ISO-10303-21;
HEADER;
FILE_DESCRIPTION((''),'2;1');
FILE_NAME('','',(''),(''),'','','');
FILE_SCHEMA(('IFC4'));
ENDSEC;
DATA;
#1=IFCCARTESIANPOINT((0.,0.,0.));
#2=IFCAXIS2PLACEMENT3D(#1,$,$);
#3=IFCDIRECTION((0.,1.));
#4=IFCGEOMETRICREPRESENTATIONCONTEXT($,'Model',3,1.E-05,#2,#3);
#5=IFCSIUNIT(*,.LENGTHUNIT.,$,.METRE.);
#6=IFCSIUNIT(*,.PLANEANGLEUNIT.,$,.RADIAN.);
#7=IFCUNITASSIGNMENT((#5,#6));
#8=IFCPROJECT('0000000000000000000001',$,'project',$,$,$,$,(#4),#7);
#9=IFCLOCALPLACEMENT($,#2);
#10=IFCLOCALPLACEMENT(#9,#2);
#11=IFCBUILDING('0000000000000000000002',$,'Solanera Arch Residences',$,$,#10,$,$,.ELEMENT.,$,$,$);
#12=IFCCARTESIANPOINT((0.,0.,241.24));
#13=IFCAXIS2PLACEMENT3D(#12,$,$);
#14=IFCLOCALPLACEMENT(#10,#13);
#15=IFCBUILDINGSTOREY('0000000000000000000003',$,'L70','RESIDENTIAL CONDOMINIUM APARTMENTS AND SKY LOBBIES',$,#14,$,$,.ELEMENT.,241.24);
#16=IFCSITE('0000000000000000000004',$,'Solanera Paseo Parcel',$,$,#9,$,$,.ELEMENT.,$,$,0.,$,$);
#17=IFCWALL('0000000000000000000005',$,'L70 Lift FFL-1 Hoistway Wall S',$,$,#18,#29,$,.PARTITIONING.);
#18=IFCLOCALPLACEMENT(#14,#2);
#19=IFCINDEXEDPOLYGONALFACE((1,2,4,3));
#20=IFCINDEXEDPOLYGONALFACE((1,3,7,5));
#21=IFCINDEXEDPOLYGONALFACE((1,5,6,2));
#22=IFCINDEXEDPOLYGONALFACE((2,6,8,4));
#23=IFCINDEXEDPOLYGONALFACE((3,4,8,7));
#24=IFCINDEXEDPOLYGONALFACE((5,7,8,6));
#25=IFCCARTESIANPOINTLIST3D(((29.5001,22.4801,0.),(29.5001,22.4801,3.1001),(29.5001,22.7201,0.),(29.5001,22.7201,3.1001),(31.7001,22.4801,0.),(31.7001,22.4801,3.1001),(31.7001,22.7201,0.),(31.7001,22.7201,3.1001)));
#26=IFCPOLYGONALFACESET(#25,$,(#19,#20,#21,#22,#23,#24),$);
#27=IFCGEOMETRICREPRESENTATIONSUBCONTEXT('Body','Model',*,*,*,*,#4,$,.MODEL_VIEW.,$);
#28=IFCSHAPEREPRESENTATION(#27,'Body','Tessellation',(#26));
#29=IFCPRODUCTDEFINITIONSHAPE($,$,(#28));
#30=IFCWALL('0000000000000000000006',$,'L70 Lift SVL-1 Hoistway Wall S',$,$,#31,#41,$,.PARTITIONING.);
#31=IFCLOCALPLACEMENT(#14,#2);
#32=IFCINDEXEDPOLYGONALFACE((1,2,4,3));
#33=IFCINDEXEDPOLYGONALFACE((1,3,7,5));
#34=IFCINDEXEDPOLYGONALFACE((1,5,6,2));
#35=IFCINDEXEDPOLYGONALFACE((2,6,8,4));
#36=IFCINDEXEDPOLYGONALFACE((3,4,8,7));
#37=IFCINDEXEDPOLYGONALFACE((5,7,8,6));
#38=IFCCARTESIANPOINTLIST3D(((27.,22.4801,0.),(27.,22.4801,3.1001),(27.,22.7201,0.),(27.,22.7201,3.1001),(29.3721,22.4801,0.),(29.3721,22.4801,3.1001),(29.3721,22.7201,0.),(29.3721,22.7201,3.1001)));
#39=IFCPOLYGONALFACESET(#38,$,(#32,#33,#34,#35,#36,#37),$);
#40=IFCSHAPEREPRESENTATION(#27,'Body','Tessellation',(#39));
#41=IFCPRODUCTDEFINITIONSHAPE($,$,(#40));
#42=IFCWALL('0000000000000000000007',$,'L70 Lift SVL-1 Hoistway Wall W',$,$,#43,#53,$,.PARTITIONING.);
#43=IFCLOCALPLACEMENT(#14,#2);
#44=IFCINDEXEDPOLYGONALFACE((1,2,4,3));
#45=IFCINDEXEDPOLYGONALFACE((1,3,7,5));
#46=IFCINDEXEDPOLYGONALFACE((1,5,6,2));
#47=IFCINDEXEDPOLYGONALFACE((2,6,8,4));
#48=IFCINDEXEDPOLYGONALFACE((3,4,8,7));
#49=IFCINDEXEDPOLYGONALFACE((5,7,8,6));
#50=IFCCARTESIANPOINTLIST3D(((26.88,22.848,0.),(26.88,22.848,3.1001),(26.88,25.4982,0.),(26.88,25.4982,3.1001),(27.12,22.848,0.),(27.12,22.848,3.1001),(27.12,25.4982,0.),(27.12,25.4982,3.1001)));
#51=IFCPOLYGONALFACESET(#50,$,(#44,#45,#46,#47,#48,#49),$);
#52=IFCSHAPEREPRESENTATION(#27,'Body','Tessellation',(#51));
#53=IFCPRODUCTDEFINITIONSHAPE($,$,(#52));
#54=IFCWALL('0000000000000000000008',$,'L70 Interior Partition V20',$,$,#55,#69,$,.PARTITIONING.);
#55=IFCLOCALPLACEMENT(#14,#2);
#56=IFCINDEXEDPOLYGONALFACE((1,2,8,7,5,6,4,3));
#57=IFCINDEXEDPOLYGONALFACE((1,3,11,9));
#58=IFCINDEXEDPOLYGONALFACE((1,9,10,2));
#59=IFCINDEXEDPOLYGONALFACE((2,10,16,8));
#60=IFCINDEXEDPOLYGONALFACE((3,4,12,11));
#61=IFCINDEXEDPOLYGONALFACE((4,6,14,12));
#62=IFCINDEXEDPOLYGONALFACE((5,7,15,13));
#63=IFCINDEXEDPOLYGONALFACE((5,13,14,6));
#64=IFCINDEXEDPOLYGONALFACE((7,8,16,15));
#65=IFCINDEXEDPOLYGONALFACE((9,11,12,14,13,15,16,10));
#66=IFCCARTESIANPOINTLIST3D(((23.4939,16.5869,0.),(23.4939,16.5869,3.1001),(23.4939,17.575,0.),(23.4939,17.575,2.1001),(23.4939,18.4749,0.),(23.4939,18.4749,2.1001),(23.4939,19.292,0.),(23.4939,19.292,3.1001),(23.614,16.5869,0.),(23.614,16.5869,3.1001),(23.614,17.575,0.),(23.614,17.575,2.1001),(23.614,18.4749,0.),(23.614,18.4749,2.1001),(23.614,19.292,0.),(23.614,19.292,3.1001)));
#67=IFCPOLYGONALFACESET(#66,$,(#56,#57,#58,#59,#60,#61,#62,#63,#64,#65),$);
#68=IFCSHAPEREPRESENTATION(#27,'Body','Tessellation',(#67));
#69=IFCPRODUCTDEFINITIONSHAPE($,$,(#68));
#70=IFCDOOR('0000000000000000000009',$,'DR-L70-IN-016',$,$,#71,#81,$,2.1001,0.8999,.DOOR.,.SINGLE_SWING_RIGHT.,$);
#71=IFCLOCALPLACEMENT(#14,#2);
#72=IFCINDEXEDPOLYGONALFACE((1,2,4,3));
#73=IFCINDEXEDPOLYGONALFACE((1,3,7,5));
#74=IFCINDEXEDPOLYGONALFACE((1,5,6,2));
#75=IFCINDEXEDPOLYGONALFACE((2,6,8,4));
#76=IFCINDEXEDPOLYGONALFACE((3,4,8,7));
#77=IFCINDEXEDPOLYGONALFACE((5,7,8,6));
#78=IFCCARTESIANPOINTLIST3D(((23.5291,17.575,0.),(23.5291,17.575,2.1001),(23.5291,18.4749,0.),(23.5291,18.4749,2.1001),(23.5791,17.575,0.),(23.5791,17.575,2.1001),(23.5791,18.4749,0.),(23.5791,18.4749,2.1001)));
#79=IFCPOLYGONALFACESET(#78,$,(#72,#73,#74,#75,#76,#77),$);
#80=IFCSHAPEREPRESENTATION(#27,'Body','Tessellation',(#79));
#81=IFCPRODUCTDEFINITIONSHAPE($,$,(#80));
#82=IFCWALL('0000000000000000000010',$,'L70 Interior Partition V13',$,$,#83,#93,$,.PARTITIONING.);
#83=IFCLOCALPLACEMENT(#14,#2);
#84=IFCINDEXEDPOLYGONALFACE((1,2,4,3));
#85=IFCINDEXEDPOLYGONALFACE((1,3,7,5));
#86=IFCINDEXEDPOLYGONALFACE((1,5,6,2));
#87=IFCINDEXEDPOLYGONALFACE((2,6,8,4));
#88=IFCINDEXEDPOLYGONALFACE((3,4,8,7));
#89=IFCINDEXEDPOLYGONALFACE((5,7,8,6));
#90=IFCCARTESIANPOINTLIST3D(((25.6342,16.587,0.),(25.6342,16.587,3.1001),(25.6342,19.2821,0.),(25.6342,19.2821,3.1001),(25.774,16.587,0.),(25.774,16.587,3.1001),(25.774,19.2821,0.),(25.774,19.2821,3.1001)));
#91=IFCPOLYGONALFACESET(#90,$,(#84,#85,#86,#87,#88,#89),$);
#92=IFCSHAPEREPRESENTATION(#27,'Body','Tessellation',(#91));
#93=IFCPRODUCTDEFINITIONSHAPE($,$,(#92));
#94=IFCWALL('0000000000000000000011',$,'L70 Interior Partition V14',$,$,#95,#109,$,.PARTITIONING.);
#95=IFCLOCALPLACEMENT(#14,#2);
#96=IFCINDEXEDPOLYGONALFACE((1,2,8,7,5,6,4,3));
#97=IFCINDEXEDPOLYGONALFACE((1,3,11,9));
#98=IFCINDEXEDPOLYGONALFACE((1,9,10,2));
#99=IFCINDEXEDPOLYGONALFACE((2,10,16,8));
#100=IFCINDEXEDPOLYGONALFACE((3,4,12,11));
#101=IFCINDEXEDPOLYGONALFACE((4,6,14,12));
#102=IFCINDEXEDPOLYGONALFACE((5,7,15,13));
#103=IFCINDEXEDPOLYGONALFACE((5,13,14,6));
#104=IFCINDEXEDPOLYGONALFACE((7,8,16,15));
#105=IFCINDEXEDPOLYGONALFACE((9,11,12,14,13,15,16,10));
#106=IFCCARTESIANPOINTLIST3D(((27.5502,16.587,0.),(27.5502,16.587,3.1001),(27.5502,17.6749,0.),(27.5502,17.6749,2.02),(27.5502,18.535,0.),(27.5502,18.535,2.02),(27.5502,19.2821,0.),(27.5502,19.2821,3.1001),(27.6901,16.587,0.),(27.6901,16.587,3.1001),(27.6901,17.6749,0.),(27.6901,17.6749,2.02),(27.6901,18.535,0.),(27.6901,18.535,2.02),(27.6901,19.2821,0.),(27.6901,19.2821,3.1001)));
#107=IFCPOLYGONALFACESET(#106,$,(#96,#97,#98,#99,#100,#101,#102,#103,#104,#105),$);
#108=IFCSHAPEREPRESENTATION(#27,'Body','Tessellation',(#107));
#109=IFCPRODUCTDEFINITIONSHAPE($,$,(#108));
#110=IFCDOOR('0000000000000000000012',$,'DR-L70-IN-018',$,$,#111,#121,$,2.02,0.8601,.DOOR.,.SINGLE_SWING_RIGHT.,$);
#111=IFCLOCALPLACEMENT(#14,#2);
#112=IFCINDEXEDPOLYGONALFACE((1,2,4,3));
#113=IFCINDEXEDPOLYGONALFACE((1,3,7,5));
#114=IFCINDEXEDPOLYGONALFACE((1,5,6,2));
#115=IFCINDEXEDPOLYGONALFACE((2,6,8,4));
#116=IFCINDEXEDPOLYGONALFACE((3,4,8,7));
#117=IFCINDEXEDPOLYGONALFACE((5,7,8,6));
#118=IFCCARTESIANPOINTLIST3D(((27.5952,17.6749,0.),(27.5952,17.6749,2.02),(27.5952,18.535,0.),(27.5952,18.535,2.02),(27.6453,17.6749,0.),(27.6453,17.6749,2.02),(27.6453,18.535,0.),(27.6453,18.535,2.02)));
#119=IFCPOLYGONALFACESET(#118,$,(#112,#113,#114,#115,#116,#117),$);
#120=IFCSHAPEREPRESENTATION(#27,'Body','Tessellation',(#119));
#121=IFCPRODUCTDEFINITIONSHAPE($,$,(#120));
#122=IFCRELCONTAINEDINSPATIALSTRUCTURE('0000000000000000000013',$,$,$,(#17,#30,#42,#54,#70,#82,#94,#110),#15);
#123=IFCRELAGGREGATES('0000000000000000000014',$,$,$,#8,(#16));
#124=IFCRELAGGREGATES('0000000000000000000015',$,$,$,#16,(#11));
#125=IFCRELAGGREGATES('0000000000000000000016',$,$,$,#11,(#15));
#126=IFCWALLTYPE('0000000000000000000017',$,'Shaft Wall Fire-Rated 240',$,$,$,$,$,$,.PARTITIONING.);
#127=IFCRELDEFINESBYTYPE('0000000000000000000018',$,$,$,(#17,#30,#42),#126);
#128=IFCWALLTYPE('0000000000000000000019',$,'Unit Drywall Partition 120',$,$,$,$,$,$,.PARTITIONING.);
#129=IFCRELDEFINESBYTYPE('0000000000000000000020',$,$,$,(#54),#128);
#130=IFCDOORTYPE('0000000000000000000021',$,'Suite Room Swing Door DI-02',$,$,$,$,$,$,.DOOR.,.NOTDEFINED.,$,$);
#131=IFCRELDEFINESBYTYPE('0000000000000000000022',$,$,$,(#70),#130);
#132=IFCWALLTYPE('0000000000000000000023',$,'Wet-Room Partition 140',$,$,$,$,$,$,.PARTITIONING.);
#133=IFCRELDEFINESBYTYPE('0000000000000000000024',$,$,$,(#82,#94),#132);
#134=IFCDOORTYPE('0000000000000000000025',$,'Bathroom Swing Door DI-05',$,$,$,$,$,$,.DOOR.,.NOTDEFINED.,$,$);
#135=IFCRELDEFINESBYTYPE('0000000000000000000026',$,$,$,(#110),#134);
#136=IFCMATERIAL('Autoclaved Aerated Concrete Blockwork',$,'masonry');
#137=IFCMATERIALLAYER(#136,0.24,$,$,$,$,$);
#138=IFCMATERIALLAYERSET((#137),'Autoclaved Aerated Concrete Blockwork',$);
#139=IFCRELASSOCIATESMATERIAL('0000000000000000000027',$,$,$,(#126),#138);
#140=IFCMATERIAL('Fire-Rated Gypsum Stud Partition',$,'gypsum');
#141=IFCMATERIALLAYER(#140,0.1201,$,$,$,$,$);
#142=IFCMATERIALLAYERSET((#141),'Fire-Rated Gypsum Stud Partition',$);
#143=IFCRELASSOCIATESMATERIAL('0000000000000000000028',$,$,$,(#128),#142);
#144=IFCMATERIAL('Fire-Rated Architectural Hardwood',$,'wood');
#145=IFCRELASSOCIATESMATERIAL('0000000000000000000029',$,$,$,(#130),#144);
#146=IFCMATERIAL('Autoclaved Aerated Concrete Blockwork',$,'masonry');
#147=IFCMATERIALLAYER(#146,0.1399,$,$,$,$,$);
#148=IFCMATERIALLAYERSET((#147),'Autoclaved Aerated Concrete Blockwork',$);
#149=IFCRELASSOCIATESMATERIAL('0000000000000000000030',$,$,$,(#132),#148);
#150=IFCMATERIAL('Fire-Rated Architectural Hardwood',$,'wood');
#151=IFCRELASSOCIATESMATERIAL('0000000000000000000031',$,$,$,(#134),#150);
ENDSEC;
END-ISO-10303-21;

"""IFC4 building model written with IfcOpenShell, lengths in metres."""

from ifc_helpers import new_model, si_unit, direction, frame, frame_2d, origin, place, context, subcontext, project, spatial, rectangle, extrude, material, layer, layer_set, type_object, element, fill, save


model = new_model("IFC4")

# Units and contexts
model_context = context("Model", 3, precision=1e-05, world=origin(), true_north=direction((0.0, 1.0)))
body_context = subcontext(model_context, "Body", "Model", "MODEL_VIEW")
ifc_project = project(units=[si_unit("LENGTHUNIT", "METRE"), si_unit("PLANEANGLEUNIT", "RADIAN")], contexts=[model_context])

# Site, building, storey
site_placement = place(None, origin())
site = spatial("IfcSite", under=ifc_project, at=site_placement, Name="Solanera Paseo Parcel", CompositionType="ELEMENT", RefElevation=0.0)
building_placement = place(site_placement, origin())
building = spatial("IfcBuilding", under=site, at=building_placement, Name="Solanera Arch Residences", CompositionType="ELEMENT")
storey_placement = place(building_placement, frame((0.0, 0.0, 241.24)))
storey = spatial("IfcBuildingStorey", under=building, at=storey_placement, Name="L70", Description="RESIDENTIAL CONDOMINIUM APARTMENTS AND SKY LOBBIES", CompositionType="ELEMENT", Elevation=241.24)

# Walls
ifc_material_1 = material(Name="Autoclaved Aerated Concrete Blockwork", Category="masonry")
ifc_layer_1 = layer(ifc_material_1, 0.24)
ifc_layer_set_1 = layer_set([ifc_layer_1], Name="Autoclaved Aerated Concrete Blockwork")
wall_type_1 = type_object("IfcWallType", Name="Shaft Wall Fire-Rated 240", PredefinedType="PARTITIONING", material=ifc_layer_set_1)
wall_1_placement = place(storey_placement, frame((29.5, 22.6001, 0.0), z_axis=(0.0, 0.0, 1.0), x_axis=(1.0, 0.0, 0.0)))
element("IfcWall", 1, at=wall_1_placement, inside=storey, type_object=wall_type_1, Name="L70 Lift FFL-1 Hoistway Wall S", PredefinedType="PARTITIONING", context=body_context, shape_type="SweptSolid", body=[
    extrude(rectangle(XDim=2.2, YDim=0.24, at=frame_2d((1.1001, 0.0))), origin(), (0.0, 0.0, 1.0), 3.1001),
])
wall_2_placement = place(storey_placement, frame((27.0, 22.6001, 0.0), z_axis=(0.0, 0.0, 1.0), x_axis=(1.0, 0.0, 0.0)))
element("IfcWall", 2, at=wall_2_placement, inside=storey, type_object=wall_type_1, Name="L70 Lift SVL-1 Hoistway Wall S", PredefinedType="PARTITIONING", context=body_context, shape_type="SweptSolid", body=[
    extrude(rectangle(XDim=2.3721, YDim=0.24, at=frame_2d((1.186, 0.0))), origin(), (0.0, 0.0, 1.0), 3.1001),
])
wall_3_placement = place(storey_placement, frame((27.0, 22.8479, 0.0), z_axis=(0.0, 0.0, 1.0), x_axis=(0.0, 1.0, 0.0)))
element("IfcWall", 3, at=wall_3_placement, inside=storey, type_object=wall_type_1, Name="L70 Lift SVL-1 Hoistway Wall W", PredefinedType="PARTITIONING", context=body_context, shape_type="SweptSolid", body=[
    extrude(rectangle(XDim=2.6501, YDim=0.24, at=frame_2d((1.3252, 0.0))), origin(), (0.0, 0.0, 1.0), 3.1001),
])

# Wall, opening, door
ifc_material_2 = material(Name="Fire-Rated Gypsum Stud Partition", Category="gypsum")
ifc_layer_2 = layer(ifc_material_2, 0.1201)
ifc_layer_set_2 = layer_set([ifc_layer_2], Name="Fire-Rated Gypsum Stud Partition")
wall_type_2 = type_object("IfcWallType", Name="Unit Drywall Partition 120", PredefinedType="PARTITIONING", material=ifc_layer_set_2)
wall_4_placement = place(storey_placement, frame((23.554, 16.5869, 0.0), z_axis=(0.0, 0.0, 1.0), x_axis=(0.0, 1.0, 0.0)))
wall_4 = element("IfcWall", 4, at=wall_4_placement, inside=storey, type_object=wall_type_2, Name="L70 Interior Partition V20", PredefinedType="PARTITIONING", context=body_context, shape_type="SweptSolid", body=[
    extrude(rectangle(XDim=2.7051, YDim=0.1201, at=frame_2d((1.3525, 0.0))), origin(), (0.0, 0.0, 1.0), 3.1001),
])
opening_1_placement = place(wall_4_placement, frame((0.988, 0.0, 0.0)))
opening_1 = element("IfcOpeningElement", 5, at=opening_1_placement, cuts=wall_4, PredefinedType="OPENING", context=body_context, shape_type="SweptSolid", body=[
    extrude(rectangle(XDim=0.8999, YDim=2.1001, at=frame_2d((0.45, 1.05))), frame((0.0, 0.0701, 0.0), z_axis=(0.0, -1.0, 0.0), x_axis=(1.0, 0.0, 0.0)), (0.0, 0.0, 1.0), 0.1401),
])
ifc_material_3 = material(Name="Fire-Rated Architectural Hardwood", Category="wood")
door_type_1 = type_object("IfcDoorType", Name="Suite Room Swing Door DI-02", OperationType="NOTDEFINED", PredefinedType="DOOR", material=ifc_material_3)
door_1_placement = place(opening_1_placement, origin())
door_1 = element("IfcDoor", 6, at=door_1_placement, inside=storey, type_object=door_type_1, Name="DR-L70-IN-016", OperationType="SINGLE_SWING_RIGHT", OverallHeight=2.1001, OverallWidth=0.8999, PredefinedType="DOOR", context=body_context, shape_type="SweptSolid", body=[
    extrude(rectangle(XDim=0.8999, YDim=2.1001, at=frame_2d((0.45, 1.05))), frame((0.0, 0.0249, 0.0), z_axis=(0.0, -1.0, 0.0), x_axis=(1.0, 0.0, 0.0)), (0.0, 0.0, 1.0), 0.05),
])
fill(opening_1, door_1)

# Wall
ifc_material_4 = material(Name="Autoclaved Aerated Concrete Blockwork", Category="masonry")
ifc_layer_3 = layer(ifc_material_4, 0.1399)
ifc_layer_set_3 = layer_set([ifc_layer_3], Name="Autoclaved Aerated Concrete Blockwork")
wall_type_3 = type_object("IfcWallType", Name="Wet-Room Partition 140", PredefinedType="PARTITIONING", material=ifc_layer_set_3)
wall_5_placement = place(storey_placement, frame((25.7041, 16.5869, 0.0), z_axis=(0.0, 0.0, 1.0), x_axis=(0.0, 1.0, 0.0)))
element("IfcWall", 7, at=wall_5_placement, inside=storey, type_object=wall_type_3, Name="L70 Interior Partition V13", PredefinedType="PARTITIONING", context=body_context, shape_type="SweptSolid", body=[
    extrude(rectangle(XDim=2.6951, YDim=0.1399, at=frame_2d((1.3477, 0.0))), origin(), (0.0, 0.0, 1.0), 3.1001),
])

# Wall, opening, door
wall_6_placement = place(storey_placement, frame((27.6201, 16.5869, 0.0), z_axis=(0.0, 0.0, 1.0), x_axis=(0.0, 1.0, 0.0)))
wall_6 = element("IfcWall", 8, at=wall_6_placement, inside=storey, type_object=wall_type_3, Name="L70 Interior Partition V14", PredefinedType="PARTITIONING", context=body_context, shape_type="SweptSolid", body=[
    extrude(rectangle(XDim=2.6951, YDim=0.1399, at=frame_2d((1.3477, 0.0))), origin(), (0.0, 0.0, 1.0), 3.1001),
])
opening_2_placement = place(wall_6_placement, frame((1.0879, 0.0, 0.0)))
opening_2 = element("IfcOpeningElement", 9, at=opening_2_placement, cuts=wall_6, PredefinedType="OPENING", context=body_context, shape_type="SweptSolid", body=[
    extrude(rectangle(XDim=0.8601, YDim=2.02, at=frame_2d((0.4302, 1.01))), frame((0.0, 0.0798, 0.0), z_axis=(0.0, -1.0, 0.0), x_axis=(1.0, 0.0, 0.0)), (0.0, 0.0, 1.0), 0.1599),
])
ifc_material_5 = material(Name="Fire-Rated Architectural Hardwood", Category="wood")
door_type_2 = type_object("IfcDoorType", Name="Bathroom Swing Door DI-05", OperationType="NOTDEFINED", PredefinedType="DOOR", material=ifc_material_5)
door_2_placement = place(opening_2_placement, origin())
door_2 = element("IfcDoor", 10, at=door_2_placement, inside=storey, type_object=door_type_2, Name="DR-L70-IN-018", OperationType="SINGLE_SWING_RIGHT", OverallHeight=2.02, OverallWidth=0.8601, PredefinedType="DOOR", context=body_context, shape_type="SweptSolid", body=[
    extrude(rectangle(XDim=0.8601, YDim=2.02, at=frame_2d((0.4302, 1.01))), frame((0.0, 0.0249, 0.0), z_axis=(0.0, -1.0, 0.0), x_axis=(1.0, 0.0, 0.0)), (0.0, 0.0, 1.0), 0.05),
])
fill(opening_2, door_2)

save(model, "model.ifc")
